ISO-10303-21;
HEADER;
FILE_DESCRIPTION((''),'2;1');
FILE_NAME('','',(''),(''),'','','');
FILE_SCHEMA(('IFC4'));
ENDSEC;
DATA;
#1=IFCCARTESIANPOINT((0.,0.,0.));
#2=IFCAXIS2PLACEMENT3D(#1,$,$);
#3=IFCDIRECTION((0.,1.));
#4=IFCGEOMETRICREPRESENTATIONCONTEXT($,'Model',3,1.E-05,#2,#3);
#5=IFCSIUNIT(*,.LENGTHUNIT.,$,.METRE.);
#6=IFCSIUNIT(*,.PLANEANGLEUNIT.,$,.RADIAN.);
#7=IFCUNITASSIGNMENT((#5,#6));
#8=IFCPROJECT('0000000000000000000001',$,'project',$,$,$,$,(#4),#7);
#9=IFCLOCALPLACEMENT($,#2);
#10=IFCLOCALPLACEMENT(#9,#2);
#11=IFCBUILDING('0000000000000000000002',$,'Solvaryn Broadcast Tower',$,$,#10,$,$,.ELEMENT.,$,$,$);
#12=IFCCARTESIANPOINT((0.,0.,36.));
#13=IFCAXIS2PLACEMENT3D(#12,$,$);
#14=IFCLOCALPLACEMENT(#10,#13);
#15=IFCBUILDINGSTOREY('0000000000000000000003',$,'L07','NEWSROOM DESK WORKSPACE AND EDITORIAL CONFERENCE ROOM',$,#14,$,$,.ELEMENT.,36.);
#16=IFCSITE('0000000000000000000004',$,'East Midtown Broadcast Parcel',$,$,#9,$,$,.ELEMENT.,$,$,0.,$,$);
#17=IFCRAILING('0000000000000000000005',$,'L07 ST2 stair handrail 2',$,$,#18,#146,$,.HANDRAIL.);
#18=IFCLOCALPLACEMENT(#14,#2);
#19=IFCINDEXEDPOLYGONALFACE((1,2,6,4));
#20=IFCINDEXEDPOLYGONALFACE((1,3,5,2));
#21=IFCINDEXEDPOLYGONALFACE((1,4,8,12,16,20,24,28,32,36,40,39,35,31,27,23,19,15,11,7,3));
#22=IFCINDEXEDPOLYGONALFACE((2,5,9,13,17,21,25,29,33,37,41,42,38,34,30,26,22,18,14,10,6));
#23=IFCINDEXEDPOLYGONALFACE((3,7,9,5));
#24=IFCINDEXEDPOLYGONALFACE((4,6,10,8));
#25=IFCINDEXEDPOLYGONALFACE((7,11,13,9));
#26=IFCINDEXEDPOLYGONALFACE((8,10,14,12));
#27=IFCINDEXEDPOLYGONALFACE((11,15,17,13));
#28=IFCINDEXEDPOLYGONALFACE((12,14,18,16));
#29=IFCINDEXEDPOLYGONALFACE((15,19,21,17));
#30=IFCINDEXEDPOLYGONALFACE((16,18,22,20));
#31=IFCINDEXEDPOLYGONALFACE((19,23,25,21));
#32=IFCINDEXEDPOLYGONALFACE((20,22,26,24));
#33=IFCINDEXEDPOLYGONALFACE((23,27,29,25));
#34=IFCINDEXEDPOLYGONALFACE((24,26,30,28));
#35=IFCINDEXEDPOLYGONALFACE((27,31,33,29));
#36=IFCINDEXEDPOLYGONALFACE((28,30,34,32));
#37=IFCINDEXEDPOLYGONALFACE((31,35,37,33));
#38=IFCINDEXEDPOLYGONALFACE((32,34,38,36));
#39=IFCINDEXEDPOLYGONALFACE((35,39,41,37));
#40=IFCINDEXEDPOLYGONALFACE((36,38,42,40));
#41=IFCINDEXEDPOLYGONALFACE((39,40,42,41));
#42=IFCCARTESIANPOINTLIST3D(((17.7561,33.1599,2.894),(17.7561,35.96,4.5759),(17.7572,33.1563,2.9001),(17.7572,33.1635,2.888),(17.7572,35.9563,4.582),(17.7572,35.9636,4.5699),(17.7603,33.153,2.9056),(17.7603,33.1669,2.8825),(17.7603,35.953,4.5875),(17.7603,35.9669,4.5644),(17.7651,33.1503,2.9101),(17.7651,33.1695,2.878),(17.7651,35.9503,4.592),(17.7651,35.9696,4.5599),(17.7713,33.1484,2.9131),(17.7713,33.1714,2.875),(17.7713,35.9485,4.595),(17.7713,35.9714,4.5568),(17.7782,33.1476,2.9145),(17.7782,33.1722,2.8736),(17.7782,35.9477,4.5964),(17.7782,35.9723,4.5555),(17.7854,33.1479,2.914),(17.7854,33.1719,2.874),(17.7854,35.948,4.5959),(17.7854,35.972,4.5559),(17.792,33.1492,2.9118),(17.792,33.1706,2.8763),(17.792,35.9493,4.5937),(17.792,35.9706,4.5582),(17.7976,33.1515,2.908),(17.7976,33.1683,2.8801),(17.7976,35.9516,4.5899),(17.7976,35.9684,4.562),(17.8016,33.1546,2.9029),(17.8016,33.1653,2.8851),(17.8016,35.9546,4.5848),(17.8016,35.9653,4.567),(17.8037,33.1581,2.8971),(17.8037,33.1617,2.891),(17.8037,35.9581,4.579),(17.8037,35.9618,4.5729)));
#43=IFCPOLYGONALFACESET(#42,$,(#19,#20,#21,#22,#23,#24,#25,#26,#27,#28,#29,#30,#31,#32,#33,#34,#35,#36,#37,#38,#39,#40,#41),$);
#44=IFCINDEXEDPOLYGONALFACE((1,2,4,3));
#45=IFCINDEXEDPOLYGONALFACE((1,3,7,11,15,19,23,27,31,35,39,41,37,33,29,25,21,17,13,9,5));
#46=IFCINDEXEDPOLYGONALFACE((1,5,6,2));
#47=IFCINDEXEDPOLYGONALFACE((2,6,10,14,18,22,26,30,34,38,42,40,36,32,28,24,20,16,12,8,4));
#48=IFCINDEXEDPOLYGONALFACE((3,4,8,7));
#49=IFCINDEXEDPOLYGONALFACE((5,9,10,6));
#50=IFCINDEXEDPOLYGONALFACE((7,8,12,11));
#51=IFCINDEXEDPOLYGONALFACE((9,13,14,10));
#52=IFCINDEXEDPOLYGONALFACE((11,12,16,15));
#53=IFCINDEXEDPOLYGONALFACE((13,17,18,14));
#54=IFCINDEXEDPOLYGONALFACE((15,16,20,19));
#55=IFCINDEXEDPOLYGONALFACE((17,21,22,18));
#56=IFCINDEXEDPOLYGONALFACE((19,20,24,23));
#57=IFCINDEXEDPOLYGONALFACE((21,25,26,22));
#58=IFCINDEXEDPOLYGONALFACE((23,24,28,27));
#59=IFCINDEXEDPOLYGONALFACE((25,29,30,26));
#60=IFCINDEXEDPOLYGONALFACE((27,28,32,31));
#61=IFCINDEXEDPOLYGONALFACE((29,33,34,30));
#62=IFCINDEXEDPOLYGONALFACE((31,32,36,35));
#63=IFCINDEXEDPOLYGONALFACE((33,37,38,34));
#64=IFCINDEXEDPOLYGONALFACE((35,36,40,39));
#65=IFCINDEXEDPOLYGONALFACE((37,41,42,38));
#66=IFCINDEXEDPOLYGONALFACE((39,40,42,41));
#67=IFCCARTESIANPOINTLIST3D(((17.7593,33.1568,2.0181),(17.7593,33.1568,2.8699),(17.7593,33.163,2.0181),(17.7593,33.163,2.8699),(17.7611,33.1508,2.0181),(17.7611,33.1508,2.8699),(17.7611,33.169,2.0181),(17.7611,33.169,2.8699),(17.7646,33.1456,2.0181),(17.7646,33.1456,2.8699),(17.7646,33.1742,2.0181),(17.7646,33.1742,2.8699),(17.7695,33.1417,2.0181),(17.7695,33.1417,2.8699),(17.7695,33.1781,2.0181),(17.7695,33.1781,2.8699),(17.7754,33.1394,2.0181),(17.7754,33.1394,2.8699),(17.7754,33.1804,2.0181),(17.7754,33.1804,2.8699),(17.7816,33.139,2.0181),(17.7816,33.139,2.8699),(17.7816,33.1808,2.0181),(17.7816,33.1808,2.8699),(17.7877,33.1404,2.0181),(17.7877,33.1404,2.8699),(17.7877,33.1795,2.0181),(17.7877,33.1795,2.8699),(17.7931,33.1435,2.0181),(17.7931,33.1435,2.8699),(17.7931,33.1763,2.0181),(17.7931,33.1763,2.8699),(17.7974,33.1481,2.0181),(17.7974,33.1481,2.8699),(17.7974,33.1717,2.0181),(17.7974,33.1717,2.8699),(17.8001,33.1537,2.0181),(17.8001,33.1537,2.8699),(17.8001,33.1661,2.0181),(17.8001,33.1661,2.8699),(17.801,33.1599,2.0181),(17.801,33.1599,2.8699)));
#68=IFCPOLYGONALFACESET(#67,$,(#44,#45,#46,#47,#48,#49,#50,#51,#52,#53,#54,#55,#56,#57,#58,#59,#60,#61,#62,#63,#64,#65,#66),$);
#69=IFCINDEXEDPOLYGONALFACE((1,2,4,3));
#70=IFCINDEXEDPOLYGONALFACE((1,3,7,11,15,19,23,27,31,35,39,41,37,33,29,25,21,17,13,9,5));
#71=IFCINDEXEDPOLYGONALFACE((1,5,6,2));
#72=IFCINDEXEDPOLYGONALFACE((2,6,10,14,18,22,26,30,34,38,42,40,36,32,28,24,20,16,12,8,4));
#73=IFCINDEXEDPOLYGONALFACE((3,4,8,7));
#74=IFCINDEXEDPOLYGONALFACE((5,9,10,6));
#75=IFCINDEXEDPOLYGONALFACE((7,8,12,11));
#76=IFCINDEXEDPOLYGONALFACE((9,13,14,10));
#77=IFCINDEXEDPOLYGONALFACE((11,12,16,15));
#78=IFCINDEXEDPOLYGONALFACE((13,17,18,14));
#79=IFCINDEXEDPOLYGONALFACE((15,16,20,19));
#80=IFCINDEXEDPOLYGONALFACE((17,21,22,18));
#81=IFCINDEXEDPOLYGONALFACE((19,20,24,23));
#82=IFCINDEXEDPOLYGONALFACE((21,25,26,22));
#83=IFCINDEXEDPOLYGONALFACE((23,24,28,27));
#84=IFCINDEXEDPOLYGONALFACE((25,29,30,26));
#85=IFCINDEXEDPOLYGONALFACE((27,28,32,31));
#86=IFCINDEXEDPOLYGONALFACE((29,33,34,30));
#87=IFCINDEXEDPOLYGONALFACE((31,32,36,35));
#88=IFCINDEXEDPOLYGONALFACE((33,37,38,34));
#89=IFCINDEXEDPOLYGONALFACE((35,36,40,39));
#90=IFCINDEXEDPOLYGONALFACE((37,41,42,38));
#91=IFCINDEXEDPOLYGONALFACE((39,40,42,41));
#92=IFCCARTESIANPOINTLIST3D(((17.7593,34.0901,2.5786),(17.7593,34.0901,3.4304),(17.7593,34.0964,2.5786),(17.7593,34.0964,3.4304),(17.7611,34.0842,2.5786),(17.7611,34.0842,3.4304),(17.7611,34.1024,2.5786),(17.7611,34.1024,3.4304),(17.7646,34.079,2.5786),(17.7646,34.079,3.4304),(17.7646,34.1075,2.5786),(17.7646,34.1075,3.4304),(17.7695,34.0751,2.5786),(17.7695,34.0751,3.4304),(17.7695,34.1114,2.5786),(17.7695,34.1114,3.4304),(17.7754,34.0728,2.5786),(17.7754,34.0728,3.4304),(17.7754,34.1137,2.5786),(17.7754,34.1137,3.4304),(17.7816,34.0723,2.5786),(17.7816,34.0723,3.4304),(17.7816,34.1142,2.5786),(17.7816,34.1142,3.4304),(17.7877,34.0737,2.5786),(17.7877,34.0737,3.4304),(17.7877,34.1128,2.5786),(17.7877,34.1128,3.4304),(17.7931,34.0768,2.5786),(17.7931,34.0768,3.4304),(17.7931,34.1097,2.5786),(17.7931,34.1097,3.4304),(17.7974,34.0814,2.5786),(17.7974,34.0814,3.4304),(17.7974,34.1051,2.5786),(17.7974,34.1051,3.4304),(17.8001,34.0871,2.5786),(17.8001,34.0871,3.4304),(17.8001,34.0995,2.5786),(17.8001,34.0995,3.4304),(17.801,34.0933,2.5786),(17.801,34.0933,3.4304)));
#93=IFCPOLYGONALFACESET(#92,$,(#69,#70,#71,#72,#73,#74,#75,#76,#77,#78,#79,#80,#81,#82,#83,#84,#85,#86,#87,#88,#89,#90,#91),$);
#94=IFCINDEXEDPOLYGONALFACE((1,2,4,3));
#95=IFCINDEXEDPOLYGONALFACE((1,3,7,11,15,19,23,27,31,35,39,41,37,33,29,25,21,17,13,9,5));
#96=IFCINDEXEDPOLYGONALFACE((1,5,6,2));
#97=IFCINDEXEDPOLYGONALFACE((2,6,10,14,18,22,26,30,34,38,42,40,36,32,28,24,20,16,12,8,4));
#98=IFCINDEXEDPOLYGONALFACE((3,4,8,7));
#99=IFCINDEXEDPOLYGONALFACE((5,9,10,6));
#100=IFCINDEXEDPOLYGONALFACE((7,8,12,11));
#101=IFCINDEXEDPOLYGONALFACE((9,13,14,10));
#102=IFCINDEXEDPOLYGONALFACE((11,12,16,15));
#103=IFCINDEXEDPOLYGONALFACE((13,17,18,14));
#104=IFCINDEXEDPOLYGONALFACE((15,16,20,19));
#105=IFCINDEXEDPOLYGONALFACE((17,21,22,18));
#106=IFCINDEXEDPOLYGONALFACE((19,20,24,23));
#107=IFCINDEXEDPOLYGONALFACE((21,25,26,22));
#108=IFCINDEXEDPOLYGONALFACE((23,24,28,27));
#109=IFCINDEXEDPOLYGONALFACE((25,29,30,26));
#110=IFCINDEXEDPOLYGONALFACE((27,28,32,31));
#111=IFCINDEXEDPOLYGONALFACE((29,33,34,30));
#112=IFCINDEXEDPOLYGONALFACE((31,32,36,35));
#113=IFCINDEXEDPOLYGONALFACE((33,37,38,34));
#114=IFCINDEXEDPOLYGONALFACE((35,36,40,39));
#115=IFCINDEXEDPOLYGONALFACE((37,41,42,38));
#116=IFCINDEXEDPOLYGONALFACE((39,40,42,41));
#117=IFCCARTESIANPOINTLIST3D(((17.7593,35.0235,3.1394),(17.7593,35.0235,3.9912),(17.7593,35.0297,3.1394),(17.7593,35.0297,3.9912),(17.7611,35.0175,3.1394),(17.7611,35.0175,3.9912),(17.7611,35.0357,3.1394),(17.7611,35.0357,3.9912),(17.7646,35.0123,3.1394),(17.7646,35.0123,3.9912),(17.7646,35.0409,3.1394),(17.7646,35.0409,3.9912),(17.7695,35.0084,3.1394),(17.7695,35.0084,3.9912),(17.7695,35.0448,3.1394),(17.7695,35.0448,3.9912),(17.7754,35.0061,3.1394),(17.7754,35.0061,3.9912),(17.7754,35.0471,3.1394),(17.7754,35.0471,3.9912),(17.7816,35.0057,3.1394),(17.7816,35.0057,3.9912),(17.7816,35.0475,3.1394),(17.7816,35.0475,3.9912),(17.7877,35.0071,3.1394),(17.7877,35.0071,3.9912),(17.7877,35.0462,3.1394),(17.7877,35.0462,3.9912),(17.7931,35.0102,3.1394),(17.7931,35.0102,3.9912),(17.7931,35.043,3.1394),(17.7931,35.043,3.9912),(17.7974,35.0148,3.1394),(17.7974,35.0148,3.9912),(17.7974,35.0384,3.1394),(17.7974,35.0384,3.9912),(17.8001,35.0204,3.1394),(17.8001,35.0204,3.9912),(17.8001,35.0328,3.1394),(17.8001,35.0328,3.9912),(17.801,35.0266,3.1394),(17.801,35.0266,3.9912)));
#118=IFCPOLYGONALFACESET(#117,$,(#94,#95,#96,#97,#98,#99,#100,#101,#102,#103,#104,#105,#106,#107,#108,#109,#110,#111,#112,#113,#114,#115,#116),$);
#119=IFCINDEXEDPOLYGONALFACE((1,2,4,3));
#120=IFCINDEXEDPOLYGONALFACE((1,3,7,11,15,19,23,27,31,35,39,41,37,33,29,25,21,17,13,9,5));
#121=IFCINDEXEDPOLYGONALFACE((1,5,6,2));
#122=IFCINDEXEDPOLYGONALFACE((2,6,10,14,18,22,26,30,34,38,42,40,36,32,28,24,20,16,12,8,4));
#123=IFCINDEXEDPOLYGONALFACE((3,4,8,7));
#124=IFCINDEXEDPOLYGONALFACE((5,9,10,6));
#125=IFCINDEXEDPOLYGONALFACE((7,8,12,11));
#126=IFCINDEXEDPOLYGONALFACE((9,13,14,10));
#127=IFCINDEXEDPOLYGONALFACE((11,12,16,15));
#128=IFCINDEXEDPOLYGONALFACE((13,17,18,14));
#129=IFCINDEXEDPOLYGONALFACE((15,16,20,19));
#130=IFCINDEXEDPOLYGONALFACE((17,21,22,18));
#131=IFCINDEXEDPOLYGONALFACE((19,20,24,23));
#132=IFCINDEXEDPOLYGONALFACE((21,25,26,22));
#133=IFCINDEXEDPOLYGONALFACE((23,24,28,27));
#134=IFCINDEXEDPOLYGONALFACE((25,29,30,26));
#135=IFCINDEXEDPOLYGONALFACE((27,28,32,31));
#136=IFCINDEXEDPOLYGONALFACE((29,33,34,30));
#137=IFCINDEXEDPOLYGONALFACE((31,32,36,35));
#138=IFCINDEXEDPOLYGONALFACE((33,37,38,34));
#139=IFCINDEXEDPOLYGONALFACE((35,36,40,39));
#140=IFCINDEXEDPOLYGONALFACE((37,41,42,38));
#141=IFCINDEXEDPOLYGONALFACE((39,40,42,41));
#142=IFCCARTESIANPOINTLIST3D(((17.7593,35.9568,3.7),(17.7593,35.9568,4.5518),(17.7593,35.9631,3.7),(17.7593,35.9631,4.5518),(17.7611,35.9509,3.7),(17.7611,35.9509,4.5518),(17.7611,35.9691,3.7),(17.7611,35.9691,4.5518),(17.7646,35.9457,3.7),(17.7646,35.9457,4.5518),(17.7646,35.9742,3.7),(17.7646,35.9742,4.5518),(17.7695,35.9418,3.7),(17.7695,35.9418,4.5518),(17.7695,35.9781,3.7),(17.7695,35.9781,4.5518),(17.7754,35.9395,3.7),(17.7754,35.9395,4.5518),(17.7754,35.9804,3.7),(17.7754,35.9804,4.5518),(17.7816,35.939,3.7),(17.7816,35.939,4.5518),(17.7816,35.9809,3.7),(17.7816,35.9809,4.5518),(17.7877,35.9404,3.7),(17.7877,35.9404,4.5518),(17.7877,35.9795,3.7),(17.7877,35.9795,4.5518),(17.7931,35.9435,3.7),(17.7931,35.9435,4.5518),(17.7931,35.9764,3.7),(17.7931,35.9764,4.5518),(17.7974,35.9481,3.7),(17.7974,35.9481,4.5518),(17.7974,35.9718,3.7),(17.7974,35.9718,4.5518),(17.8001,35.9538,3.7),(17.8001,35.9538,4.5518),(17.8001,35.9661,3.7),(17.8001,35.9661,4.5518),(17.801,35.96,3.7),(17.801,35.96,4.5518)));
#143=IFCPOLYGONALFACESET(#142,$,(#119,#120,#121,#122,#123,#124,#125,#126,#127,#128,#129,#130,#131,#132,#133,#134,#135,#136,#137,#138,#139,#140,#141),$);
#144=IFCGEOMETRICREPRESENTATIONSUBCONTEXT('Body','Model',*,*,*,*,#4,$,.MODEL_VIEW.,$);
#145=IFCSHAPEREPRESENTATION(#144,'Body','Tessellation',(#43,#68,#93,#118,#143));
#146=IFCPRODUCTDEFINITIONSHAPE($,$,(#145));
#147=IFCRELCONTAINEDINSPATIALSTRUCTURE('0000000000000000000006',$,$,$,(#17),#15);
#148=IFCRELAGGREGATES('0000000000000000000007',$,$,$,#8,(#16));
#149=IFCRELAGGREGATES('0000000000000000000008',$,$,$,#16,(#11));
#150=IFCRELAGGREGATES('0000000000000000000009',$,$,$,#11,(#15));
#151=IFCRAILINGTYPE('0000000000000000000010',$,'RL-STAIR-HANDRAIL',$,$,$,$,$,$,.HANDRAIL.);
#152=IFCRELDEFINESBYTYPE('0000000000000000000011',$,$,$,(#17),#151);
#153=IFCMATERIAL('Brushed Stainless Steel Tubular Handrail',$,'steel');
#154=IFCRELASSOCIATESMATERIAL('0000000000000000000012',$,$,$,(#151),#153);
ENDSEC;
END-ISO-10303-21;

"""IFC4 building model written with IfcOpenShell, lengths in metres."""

from ifc_helpers import new_model, si_unit, direction, frame, origin, origin_2d, place, context, subcontext, project, spatial, circle, extrude, material, type_object, element, save


model = new_model("IFC4")

# Units and contexts
model_context = context("Model", 3, precision=1e-05, world=origin(), true_north=direction((0.0, 1.0)))
body_context = subcontext(model_context, "Body", "Model", "MODEL_VIEW")
ifc_project = project(units=[si_unit("LENGTHUNIT", "METRE"), si_unit("PLANEANGLEUNIT", "RADIAN")], contexts=[model_context])

# Site, building, storey
site_placement = place(None, origin())
site = spatial("IfcSite", under=ifc_project, at=site_placement, Name="East Midtown Broadcast Parcel", CompositionType="ELEMENT", RefElevation=0.0)
building_placement = place(site_placement, origin())
building = spatial("IfcBuilding", under=site, at=building_placement, Name="Solvaryn Broadcast Tower", CompositionType="ELEMENT")
storey_placement = place(building_placement, frame((0.0, 0.0, 36.0)))
storey = spatial("IfcBuildingStorey", under=building, at=storey_placement, Name="L07", Description="NEWSROOM DESK WORKSPACE AND EDITORIAL CONFERENCE ROOM", CompositionType="ELEMENT", Elevation=36.0)

# Railing
ifc_material_1 = material(Name="Brushed Stainless Steel Tubular Handrail", Category="steel")
railing_type_1 = type_object("IfcRailingType", Name="RL-STAIR-HANDRAIL", PredefinedType="HANDRAIL", material=ifc_material_1)
railing_1_placement = place(storey_placement, frame((17.78, 33.1599, 2.0181)))
element("IfcRailing", 1, at=railing_1_placement, inside=storey, type_object=railing_type_1, Name="L07 ST2 stair handrail 2", PredefinedType="HANDRAIL", context=body_context, shape_type="SweptSolid", body=[
    extrude(circle(Radius=0.0239, at=origin_2d()), frame((0.0, 0.0, 0.876), z_axis=(0.0, 0.857242, 0.514913), x_axis=(-1.0, 0.0, 0.0)), (0.0, 0.0, 1.0), 3.2664),
    extrude(circle(Radius=0.021, at=origin_2d()), origin(), (0.0, 0.0, 1.0), 0.8518),
    extrude(circle(Radius=0.021, at=origin_2d()), frame((0.0, 0.9333, 0.5605)), (0.0, 0.0, 1.0), 0.8518),
    extrude(circle(Radius=0.021, at=origin_2d()), frame((0.0, 1.8667, 1.1213)), (0.0, 0.0, 1.0), 0.8518),
    extrude(circle(Radius=0.021, at=origin_2d()), frame((0.0, 2.8, 1.6819)), (0.0, 0.0, 1.0), 0.8518),
])

save(model, "model.ifc")
